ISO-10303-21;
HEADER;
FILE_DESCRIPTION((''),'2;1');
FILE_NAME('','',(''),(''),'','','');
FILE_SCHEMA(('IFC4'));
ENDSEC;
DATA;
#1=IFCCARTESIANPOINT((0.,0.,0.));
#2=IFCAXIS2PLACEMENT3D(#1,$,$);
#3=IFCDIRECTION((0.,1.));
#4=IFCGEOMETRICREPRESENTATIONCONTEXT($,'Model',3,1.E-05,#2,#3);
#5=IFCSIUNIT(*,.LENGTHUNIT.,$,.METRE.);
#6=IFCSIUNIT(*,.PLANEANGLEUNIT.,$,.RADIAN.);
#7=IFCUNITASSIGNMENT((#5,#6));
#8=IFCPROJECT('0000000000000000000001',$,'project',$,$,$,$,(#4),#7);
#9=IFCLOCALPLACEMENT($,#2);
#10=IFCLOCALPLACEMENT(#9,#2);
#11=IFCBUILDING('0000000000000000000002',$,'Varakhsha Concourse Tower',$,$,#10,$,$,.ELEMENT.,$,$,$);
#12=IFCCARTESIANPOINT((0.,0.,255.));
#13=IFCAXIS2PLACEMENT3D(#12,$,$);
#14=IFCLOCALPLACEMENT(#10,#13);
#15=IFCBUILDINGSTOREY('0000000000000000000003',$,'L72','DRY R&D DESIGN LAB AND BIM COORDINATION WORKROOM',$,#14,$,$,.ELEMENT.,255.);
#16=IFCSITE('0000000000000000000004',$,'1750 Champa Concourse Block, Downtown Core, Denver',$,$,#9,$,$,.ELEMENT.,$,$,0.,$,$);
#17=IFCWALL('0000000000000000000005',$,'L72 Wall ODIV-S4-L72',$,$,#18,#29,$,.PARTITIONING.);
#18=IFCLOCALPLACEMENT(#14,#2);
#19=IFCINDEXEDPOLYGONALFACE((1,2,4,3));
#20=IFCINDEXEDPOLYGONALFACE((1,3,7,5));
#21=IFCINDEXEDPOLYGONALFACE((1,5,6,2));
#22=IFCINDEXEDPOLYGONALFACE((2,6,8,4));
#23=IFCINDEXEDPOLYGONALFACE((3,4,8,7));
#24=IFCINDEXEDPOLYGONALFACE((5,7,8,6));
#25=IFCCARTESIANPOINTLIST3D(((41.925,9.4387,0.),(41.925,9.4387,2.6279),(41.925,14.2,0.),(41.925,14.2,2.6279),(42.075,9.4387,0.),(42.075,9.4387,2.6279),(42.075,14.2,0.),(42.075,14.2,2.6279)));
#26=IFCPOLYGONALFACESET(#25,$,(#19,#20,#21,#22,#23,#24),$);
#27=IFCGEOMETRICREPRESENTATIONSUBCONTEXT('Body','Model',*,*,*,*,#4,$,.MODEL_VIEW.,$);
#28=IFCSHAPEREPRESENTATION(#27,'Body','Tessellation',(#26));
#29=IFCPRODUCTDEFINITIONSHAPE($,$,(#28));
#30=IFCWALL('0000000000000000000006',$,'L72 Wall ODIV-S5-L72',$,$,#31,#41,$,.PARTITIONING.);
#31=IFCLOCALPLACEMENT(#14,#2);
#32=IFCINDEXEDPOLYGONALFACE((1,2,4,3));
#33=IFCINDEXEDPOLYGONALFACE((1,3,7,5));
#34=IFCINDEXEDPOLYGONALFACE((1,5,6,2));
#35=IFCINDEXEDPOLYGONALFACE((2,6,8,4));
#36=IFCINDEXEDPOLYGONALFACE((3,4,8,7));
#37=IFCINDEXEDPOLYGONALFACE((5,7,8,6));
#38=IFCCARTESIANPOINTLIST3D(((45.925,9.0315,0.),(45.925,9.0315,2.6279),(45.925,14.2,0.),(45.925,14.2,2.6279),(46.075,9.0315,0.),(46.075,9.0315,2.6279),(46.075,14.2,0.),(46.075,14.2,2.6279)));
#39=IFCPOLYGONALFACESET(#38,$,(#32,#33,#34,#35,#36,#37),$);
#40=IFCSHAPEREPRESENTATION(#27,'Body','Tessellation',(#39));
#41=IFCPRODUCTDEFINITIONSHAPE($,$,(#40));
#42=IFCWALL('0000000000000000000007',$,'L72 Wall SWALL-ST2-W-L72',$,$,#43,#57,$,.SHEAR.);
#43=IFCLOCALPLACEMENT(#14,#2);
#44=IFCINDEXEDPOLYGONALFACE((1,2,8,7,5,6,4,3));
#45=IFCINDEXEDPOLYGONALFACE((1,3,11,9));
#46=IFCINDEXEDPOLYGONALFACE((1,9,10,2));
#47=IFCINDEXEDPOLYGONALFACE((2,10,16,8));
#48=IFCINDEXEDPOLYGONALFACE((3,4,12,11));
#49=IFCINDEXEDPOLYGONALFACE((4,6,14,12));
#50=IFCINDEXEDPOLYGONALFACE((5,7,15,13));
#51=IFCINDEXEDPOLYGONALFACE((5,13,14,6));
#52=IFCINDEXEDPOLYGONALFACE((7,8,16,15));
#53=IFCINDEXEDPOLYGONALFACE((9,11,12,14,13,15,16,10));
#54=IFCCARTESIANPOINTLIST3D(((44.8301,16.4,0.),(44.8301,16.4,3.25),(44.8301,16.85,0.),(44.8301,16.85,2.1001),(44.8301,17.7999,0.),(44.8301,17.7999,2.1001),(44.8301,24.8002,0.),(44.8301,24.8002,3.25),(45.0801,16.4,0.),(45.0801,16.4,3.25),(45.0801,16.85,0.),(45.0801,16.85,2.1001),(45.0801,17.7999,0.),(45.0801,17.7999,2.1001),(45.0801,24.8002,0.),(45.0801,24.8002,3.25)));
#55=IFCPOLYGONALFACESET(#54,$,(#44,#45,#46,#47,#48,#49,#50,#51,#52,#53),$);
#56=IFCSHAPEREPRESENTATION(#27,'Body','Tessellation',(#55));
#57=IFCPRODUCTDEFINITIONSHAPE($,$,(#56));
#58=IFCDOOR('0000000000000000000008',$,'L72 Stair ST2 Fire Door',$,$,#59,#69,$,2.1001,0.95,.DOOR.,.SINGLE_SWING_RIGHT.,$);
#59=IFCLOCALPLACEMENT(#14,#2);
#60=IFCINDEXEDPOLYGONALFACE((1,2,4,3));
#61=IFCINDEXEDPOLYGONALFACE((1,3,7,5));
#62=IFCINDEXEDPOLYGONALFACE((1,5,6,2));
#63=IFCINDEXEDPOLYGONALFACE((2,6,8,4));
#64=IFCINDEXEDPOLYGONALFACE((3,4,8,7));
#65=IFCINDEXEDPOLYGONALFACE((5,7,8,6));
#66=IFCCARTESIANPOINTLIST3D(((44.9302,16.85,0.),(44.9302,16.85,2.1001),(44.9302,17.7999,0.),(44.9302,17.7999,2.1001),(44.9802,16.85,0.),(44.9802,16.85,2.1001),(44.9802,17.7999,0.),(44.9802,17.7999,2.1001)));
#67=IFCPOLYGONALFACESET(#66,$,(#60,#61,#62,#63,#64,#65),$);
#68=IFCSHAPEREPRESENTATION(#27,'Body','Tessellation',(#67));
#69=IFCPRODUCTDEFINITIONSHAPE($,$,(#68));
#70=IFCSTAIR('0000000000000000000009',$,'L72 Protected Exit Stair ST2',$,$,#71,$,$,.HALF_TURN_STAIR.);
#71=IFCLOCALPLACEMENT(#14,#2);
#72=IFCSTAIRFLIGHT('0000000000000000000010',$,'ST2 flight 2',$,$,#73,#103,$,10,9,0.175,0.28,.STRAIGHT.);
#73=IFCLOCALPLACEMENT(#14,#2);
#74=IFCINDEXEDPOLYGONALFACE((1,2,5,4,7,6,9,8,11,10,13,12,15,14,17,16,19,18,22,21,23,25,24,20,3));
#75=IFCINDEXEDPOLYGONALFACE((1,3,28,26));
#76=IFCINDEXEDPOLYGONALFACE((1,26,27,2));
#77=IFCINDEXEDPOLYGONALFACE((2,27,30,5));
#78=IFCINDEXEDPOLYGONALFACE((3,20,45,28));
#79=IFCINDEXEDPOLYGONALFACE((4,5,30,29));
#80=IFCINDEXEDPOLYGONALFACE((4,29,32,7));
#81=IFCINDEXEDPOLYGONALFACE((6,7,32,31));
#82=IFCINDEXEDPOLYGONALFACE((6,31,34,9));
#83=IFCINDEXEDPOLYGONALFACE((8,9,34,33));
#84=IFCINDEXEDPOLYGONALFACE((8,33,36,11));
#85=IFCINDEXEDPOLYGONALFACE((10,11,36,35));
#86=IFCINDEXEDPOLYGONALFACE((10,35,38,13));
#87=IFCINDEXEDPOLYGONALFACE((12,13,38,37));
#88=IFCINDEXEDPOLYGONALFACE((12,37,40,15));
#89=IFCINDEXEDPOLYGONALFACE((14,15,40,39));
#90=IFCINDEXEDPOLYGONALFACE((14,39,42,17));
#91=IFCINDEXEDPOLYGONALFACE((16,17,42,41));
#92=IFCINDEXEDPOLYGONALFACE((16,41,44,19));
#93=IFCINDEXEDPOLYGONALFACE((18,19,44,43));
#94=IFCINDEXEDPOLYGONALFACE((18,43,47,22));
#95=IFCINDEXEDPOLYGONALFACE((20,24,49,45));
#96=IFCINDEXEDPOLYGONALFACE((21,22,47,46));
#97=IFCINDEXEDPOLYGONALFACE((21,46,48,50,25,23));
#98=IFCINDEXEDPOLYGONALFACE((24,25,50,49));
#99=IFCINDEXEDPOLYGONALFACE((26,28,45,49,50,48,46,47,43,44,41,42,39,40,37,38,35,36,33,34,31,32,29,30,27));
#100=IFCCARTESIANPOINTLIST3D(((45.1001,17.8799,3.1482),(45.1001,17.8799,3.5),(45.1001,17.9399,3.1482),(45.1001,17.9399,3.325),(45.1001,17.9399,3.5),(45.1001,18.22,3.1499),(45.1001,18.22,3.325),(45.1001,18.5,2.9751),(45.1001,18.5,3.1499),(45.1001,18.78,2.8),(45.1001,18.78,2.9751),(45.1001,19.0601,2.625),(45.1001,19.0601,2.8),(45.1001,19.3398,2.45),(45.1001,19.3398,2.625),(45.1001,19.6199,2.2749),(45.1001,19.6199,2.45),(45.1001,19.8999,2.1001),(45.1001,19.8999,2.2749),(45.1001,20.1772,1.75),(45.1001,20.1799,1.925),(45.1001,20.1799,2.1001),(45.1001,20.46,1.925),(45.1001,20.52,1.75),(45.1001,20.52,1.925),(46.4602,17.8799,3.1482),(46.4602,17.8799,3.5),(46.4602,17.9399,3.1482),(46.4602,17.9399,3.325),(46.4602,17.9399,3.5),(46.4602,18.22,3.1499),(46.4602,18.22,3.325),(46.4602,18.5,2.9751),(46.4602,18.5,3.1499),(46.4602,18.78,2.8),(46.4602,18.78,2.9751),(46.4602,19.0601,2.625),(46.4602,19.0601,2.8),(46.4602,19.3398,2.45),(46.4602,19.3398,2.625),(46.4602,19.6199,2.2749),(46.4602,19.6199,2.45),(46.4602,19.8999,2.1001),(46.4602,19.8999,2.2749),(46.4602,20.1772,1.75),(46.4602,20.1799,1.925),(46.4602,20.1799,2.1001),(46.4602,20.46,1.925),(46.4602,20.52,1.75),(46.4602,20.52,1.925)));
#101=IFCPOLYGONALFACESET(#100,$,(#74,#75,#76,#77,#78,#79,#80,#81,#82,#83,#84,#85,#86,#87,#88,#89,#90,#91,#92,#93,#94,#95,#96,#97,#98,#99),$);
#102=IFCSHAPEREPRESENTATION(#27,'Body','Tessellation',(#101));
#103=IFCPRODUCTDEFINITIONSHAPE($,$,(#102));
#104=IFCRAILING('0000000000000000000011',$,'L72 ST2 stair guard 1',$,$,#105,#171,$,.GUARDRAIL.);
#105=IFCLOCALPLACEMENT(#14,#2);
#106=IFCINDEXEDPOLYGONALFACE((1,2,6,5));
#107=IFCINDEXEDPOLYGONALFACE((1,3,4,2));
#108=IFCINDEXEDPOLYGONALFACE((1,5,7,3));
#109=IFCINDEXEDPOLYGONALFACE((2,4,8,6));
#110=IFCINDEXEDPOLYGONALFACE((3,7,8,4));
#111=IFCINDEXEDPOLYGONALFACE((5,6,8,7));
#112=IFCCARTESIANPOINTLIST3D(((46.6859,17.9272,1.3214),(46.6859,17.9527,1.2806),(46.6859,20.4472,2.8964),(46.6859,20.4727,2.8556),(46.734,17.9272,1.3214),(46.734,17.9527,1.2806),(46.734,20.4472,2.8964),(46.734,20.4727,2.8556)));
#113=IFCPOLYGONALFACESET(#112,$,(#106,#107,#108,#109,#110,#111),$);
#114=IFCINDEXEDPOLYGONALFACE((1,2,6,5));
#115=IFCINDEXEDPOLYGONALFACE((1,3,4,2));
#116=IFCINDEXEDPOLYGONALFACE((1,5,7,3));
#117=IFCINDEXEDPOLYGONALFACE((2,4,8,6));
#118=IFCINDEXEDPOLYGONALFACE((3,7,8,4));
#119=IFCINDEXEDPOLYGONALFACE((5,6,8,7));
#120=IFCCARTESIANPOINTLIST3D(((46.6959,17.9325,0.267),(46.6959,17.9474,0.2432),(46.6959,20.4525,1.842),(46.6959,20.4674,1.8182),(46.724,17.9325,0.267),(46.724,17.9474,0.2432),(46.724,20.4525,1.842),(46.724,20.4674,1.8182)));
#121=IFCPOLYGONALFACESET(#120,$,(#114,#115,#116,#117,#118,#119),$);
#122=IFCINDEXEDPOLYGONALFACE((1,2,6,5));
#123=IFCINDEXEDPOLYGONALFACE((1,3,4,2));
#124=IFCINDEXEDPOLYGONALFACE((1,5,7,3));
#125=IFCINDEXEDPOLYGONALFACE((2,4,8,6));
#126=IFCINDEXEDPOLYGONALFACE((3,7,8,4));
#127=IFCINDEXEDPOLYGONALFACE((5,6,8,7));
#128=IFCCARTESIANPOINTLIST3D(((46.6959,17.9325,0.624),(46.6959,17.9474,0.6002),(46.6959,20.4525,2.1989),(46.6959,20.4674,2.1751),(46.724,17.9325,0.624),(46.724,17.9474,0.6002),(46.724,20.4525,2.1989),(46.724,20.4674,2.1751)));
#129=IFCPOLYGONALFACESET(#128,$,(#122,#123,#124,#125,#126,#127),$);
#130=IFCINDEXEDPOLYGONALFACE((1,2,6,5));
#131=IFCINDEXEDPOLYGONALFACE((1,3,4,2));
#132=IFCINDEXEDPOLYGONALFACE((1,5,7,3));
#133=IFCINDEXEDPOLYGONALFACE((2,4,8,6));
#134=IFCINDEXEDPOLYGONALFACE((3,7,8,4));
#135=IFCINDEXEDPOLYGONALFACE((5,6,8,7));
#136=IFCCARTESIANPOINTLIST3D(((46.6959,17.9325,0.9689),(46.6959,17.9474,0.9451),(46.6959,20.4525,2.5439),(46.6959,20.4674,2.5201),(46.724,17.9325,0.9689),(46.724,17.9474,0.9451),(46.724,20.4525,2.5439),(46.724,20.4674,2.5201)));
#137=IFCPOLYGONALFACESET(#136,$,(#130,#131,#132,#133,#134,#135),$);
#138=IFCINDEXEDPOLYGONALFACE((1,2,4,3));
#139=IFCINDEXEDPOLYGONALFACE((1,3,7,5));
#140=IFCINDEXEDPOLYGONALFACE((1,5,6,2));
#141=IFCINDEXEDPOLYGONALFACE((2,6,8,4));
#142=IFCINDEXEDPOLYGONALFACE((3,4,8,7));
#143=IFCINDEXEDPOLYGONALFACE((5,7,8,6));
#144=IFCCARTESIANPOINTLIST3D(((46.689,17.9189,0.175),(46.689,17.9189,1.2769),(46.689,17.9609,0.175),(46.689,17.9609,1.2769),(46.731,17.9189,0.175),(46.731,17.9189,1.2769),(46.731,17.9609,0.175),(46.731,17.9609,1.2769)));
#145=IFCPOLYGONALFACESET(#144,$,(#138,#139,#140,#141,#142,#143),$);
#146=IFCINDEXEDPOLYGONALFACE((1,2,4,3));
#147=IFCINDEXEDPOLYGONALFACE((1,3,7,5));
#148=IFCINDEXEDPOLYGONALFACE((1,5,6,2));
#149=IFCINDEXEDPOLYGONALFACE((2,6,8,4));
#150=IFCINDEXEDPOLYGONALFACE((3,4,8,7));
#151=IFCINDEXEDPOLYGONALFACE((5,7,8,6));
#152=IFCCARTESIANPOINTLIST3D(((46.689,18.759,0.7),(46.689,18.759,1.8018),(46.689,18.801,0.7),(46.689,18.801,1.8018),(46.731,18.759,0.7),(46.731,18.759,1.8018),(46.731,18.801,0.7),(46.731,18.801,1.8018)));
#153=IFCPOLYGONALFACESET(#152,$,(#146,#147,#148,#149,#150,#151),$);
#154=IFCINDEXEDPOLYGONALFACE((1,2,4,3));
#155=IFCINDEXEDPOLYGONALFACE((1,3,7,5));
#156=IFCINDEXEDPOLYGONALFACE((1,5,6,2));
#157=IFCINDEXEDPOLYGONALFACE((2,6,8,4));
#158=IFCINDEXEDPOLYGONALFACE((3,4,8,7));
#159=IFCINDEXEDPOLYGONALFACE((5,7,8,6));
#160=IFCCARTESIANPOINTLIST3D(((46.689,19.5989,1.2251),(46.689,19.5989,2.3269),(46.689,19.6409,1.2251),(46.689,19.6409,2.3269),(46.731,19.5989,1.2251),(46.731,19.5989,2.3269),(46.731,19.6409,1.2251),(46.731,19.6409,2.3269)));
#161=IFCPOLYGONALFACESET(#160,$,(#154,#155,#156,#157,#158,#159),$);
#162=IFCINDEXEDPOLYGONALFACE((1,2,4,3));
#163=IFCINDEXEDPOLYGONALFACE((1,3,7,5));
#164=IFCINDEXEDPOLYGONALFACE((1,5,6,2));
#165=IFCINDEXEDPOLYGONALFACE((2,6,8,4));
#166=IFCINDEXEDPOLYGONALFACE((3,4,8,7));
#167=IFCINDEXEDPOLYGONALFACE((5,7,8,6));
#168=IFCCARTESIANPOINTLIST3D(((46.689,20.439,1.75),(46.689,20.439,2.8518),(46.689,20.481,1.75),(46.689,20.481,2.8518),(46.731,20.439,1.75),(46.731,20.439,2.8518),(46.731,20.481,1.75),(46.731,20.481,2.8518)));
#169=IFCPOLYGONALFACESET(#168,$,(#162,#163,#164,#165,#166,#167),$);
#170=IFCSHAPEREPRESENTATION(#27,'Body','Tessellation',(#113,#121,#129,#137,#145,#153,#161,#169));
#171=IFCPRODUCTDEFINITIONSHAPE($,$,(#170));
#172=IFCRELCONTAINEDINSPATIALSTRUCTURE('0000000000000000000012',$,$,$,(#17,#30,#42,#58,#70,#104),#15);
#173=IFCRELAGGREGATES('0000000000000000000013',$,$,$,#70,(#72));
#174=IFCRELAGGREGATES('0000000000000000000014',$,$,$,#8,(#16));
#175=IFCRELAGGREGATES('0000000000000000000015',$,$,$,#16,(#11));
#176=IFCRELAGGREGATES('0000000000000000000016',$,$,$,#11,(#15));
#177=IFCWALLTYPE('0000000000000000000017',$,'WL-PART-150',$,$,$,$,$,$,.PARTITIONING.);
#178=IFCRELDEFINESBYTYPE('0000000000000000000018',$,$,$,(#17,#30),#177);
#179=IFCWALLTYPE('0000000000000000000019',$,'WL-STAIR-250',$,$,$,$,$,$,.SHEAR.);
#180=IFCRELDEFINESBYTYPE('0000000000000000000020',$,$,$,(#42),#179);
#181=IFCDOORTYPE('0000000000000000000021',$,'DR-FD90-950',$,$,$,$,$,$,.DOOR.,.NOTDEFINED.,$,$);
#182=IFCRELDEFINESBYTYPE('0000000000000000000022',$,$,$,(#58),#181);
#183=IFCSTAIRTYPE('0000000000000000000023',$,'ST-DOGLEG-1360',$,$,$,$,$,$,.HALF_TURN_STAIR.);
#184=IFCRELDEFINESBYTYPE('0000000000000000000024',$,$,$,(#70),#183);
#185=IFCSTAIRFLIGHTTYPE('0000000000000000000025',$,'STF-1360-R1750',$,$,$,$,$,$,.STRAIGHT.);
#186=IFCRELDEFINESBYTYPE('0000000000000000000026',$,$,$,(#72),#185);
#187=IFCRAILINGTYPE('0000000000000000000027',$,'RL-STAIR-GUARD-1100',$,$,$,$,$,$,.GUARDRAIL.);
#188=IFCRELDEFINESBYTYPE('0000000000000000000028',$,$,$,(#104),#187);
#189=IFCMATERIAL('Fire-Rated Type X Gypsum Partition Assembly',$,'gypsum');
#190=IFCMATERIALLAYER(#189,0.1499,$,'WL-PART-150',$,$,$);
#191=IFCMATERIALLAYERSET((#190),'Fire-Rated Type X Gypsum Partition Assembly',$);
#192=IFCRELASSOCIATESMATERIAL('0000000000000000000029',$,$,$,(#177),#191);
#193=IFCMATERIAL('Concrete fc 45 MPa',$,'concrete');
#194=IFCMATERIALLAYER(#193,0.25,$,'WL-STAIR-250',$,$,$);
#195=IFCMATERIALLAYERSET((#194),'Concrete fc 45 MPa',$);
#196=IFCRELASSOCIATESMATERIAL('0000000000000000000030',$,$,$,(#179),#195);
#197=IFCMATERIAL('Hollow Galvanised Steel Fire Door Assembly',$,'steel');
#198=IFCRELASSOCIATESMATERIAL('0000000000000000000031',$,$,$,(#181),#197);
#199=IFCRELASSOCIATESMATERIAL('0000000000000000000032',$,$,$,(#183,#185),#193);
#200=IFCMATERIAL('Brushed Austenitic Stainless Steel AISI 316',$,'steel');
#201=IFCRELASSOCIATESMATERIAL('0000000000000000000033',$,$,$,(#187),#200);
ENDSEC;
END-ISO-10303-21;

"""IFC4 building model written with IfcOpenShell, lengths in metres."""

from ifc_helpers import new_model, si_unit, direction, frame, frame_2d, origin, origin_2d, place, context, subcontext, project, spatial, polyline, rectangle, outline, extrude, material, layer, layer_set, type_object, element, fill, aggregate, save


model = new_model("IFC4")

# Units and contexts
model_context = context("Model", 3, precision=1e-05, world=origin(), true_north=direction((0.0, 1.0)))
body_context = subcontext(model_context, "Body", "Model", "MODEL_VIEW")
ifc_project = project(units=[si_unit("LENGTHUNIT", "METRE"), si_unit("PLANEANGLEUNIT", "RADIAN")], contexts=[model_context])

# Site, building, storey
site_placement = place(None, origin())
site = spatial("IfcSite", under=ifc_project, at=site_placement, Name="1750 Champa Concourse Block, Downtown Core, Denver", CompositionType="ELEMENT", RefElevation=0.0)
building_placement = place(site_placement, origin())
building = spatial("IfcBuilding", under=site, at=building_placement, Name="Varakhsha Concourse Tower", CompositionType="ELEMENT")
storey_placement = place(building_placement, frame((0.0, 0.0, 255.0)))
storey = spatial("IfcBuildingStorey", under=building, at=storey_placement, Name="L72", Description="DRY R&D DESIGN LAB AND BIM COORDINATION WORKROOM", CompositionType="ELEMENT", Elevation=255.0)

# Shared definitions
ifc_material_1 = material(Name="Fire-Rated Type X Gypsum Partition Assembly", Category="gypsum")
ifc_material_2 = material(Name="Hollow Galvanised Steel Fire Door Assembly", Category="steel")

# Walls
ifc_layer_1 = layer(ifc_material_1, 0.1499, Name="WL-PART-150")
ifc_layer_set_1 = layer_set([ifc_layer_1], Name="Fire-Rated Type X Gypsum Partition Assembly")
wall_type_1 = type_object("IfcWallType", Name="WL-PART-150", PredefinedType="PARTITIONING", material=ifc_layer_set_1)
wall_1_placement = place(storey_placement, frame((42.0, 9.4387, 0.0), z_axis=(0.0, 0.0, 1.0), x_axis=(0.0, 1.0, 0.0)))
element("IfcWall", 1, at=wall_1_placement, inside=storey, type_object=wall_type_1, Name="L72 Wall ODIV-S4-L72", PredefinedType="PARTITIONING", context=body_context, shape_type="SweptSolid", body=[
    extrude(rectangle(XDim=4.7612, YDim=0.1499, at=frame_2d((2.3806, 0.0))), origin(), (0.0, 0.0, 1.0), 2.6279),
])
wall_2_placement = place(storey_placement, frame((46.0, 9.0315, 0.0), z_axis=(0.0, 0.0, 1.0), x_axis=(0.0, 1.0, 0.0)))
element("IfcWall", 2, at=wall_2_placement, inside=storey, type_object=wall_type_1, Name="L72 Wall ODIV-S5-L72", PredefinedType="PARTITIONING", context=body_context, shape_type="SweptSolid", body=[
    extrude(rectangle(XDim=5.1685, YDim=0.1499, at=frame_2d((2.5842, 0.0))), origin(), (0.0, 0.0, 1.0), 2.6279),
])

# Wall, opening, door
ifc_material_3 = material(Name="Concrete fc 45 MPa", Category="concrete")
ifc_layer_2 = layer(ifc_material_3, 0.25, Name="WL-STAIR-250")
ifc_layer_set_2 = layer_set([ifc_layer_2], Name="Concrete fc 45 MPa")
wall_type_2 = type_object("IfcWallType", Name="WL-STAIR-250", PredefinedType="SHEAR", material=ifc_layer_set_2)
wall_3_placement = place(storey_placement, frame((44.9551, 16.3999, 0.0), z_axis=(0.0, 0.0, 1.0), x_axis=(0.0, 1.0, 0.0)))
wall_3 = element("IfcWall", 3, at=wall_3_placement, inside=storey, type_object=wall_type_2, Name="L72 Wall SWALL-ST2-W-L72", PredefinedType="SHEAR", context=body_context, shape_type="SweptSolid", body=[
    extrude(rectangle(XDim=8.4001, YDim=0.25, at=frame_2d((4.2002, 0.0))), origin(), (0.0, 0.0, 1.0), 3.25),
])
opening_1_placement = place(wall_3_placement, frame((0.45, 0.0, 0.0)))
opening_1 = element("IfcOpeningElement", 4, at=opening_1_placement, cuts=wall_3, PredefinedType="OPENING", context=body_context, shape_type="SweptSolid", body=[
    extrude(rectangle(XDim=0.95, YDim=2.1001, at=frame_2d((0.4751, 1.05))), frame((0.0, 0.135, 0.0), z_axis=(0.0, -1.0, 0.0), x_axis=(1.0, 0.0, 0.0)), (0.0, 0.0, 1.0), 0.27),
])
door_type_1 = type_object("IfcDoorType", Name="DR-FD90-950", OperationType="NOTDEFINED", PredefinedType="DOOR", material=ifc_material_2)
door_1_placement = place(opening_1_placement, origin())
door_1 = element("IfcDoor", 5, at=door_1_placement, inside=storey, type_object=door_type_1, Name="L72 Stair ST2 Fire Door", OperationType="SINGLE_SWING_RIGHT", OverallHeight=2.1001, OverallWidth=0.95, PredefinedType="DOOR", context=body_context, shape_type="SweptSolid", body=[
    extrude(rectangle(XDim=0.95, YDim=2.1001, at=frame_2d((0.4751, 1.05))), frame((0.0, 0.0249, 0.0), z_axis=(0.0, -1.0, 0.0), x_axis=(1.0, 0.0, 0.0)), (0.0, 0.0, 1.0), 0.05),
])
fill(opening_1, door_1)

# Stair, stair flight
stair_type = type_object("IfcStairType", Name="ST-DOGLEG-1360", PredefinedType="HALF_TURN_STAIR", material=ifc_material_3)
stair_placement = place(storey_placement, origin())
stair = element("IfcStair", 6, at=stair_placement, inside=storey, type_object=stair_type, Name="L72 Protected Exit Stair ST2", PredefinedType="HALF_TURN_STAIR")
stair_flight_type = type_object("IfcStairFlightType", Name="STF-1360-R1750", PredefinedType="STRAIGHT", material=ifc_material_3)
stair_flight_placement = place(storey_placement, frame((45.78, 20.46, 1.75), z_axis=(0.0, 0.0, 1.0), x_axis=(0.0, -1.0, 0.0)))
stair_flight = element("IfcStairFlight", 7, at=stair_flight_placement, type_object=stair_flight_type, Name="ST2 flight 2", NumberOfRisers=10, NumberOfTreads=9, PredefinedType="STRAIGHT", RiserHeight=0.175, TreadLength=0.28, context=body_context, shape_type="SweptSolid", body=[
    extrude(outline(polyline([(-0.0601, 0.0), (-0.0601, 0.175), (0.0, 0.175), (0.28, 0.175), (0.28, 0.3501), (0.5601, 0.3501), (0.5601, 0.5249), (0.8401, 0.5249), (0.8401, 0.7), (1.1201, 0.7), (1.1201, 0.875), (1.3999, 0.875), (1.3999, 1.05), (1.6799, 1.05), (1.6799, 1.2251), (1.96, 1.2251), (1.96, 1.3999), (2.24, 1.3999), (2.24, 1.575), (2.52, 1.575), (2.52, 1.75), (2.5801, 1.75), (2.5801, 1.3982), (2.52, 1.3982), (0.2827, 0.0), (-0.0601, 0.0)])), frame((0.0, 0.6802, 0.0), z_axis=(0.0, -1.0, 0.0), x_axis=(1.0, 0.0, 0.0)), (0.0, 0.0, 1.0), 1.3601),
])
aggregate(stair, [stair_flight])

# Railing
ifc_material_4 = material(Name="Brushed Austenitic Stainless Steel AISI 316", Category="steel")
railing_type_1 = type_object("IfcRailingType", Name="RL-STAIR-GUARD-1100", PredefinedType="GUARDRAIL", material=ifc_material_4)
railing_1_placement = place(storey_placement, frame((46.71, 17.9399, 0.175)))
element("IfcRailing", 8, at=railing_1_placement, inside=storey, type_object=railing_type_1, Name="L72 ST2 stair guard 1", PredefinedType="GUARDRAIL", context=body_context, shape_type="SweptSolid", body=[
    extrude(rectangle(XDim=0.0481, YDim=0.0481, at=origin_2d()), frame((0.0, 0.0, 1.126), z_axis=(0.0, 0.848008, 0.529984), x_axis=(-1.0, 0.0, 0.0)), (0.0, 0.0, 1.0), 2.9717),
    extrude(rectangle(XDim=0.0281, YDim=0.0281, at=origin_2d()), frame((0.0, 0.0, 0.0801), z_axis=(0.0, 0.848008, 0.529984), x_axis=(-1.0, 0.0, 0.0)), (0.0, 0.0, 1.0), 2.9717),
    extrude(rectangle(XDim=0.0281, YDim=0.0281, at=origin_2d()), frame((0.0, 0.0, 0.437), z_axis=(0.0, 0.848008, 0.529984), x_axis=(-1.0, 0.0, 0.0)), (0.0, 0.0, 1.0), 2.9717),
    extrude(rectangle(XDim=0.0281, YDim=0.0281, at=origin_2d()), frame((0.0, 0.0, 0.782), z_axis=(0.0, 0.848008, 0.529984), x_axis=(-1.0, 0.0, 0.0)), (0.0, 0.0, 1.0), 2.9717),
    extrude(rectangle(XDim=0.042, YDim=0.042, at=origin_2d()), origin(), (0.0, 0.0, 1.0), 1.1018),
    extrude(rectangle(XDim=0.042, YDim=0.042, at=origin_2d()), frame((0.0, 0.8401, 0.5249)), (0.0, 0.0, 1.0), 1.1018),
    extrude(rectangle(XDim=0.042, YDim=0.042, at=origin_2d()), frame((0.0, 1.6799, 1.05)), (0.0, 0.0, 1.0), 1.1018),
    extrude(rectangle(XDim=0.042, YDim=0.042, at=origin_2d()), frame((0.0, 2.52, 1.575)), (0.0, 0.0, 1.0), 1.1018),
])

save(model, "model.ifc")
